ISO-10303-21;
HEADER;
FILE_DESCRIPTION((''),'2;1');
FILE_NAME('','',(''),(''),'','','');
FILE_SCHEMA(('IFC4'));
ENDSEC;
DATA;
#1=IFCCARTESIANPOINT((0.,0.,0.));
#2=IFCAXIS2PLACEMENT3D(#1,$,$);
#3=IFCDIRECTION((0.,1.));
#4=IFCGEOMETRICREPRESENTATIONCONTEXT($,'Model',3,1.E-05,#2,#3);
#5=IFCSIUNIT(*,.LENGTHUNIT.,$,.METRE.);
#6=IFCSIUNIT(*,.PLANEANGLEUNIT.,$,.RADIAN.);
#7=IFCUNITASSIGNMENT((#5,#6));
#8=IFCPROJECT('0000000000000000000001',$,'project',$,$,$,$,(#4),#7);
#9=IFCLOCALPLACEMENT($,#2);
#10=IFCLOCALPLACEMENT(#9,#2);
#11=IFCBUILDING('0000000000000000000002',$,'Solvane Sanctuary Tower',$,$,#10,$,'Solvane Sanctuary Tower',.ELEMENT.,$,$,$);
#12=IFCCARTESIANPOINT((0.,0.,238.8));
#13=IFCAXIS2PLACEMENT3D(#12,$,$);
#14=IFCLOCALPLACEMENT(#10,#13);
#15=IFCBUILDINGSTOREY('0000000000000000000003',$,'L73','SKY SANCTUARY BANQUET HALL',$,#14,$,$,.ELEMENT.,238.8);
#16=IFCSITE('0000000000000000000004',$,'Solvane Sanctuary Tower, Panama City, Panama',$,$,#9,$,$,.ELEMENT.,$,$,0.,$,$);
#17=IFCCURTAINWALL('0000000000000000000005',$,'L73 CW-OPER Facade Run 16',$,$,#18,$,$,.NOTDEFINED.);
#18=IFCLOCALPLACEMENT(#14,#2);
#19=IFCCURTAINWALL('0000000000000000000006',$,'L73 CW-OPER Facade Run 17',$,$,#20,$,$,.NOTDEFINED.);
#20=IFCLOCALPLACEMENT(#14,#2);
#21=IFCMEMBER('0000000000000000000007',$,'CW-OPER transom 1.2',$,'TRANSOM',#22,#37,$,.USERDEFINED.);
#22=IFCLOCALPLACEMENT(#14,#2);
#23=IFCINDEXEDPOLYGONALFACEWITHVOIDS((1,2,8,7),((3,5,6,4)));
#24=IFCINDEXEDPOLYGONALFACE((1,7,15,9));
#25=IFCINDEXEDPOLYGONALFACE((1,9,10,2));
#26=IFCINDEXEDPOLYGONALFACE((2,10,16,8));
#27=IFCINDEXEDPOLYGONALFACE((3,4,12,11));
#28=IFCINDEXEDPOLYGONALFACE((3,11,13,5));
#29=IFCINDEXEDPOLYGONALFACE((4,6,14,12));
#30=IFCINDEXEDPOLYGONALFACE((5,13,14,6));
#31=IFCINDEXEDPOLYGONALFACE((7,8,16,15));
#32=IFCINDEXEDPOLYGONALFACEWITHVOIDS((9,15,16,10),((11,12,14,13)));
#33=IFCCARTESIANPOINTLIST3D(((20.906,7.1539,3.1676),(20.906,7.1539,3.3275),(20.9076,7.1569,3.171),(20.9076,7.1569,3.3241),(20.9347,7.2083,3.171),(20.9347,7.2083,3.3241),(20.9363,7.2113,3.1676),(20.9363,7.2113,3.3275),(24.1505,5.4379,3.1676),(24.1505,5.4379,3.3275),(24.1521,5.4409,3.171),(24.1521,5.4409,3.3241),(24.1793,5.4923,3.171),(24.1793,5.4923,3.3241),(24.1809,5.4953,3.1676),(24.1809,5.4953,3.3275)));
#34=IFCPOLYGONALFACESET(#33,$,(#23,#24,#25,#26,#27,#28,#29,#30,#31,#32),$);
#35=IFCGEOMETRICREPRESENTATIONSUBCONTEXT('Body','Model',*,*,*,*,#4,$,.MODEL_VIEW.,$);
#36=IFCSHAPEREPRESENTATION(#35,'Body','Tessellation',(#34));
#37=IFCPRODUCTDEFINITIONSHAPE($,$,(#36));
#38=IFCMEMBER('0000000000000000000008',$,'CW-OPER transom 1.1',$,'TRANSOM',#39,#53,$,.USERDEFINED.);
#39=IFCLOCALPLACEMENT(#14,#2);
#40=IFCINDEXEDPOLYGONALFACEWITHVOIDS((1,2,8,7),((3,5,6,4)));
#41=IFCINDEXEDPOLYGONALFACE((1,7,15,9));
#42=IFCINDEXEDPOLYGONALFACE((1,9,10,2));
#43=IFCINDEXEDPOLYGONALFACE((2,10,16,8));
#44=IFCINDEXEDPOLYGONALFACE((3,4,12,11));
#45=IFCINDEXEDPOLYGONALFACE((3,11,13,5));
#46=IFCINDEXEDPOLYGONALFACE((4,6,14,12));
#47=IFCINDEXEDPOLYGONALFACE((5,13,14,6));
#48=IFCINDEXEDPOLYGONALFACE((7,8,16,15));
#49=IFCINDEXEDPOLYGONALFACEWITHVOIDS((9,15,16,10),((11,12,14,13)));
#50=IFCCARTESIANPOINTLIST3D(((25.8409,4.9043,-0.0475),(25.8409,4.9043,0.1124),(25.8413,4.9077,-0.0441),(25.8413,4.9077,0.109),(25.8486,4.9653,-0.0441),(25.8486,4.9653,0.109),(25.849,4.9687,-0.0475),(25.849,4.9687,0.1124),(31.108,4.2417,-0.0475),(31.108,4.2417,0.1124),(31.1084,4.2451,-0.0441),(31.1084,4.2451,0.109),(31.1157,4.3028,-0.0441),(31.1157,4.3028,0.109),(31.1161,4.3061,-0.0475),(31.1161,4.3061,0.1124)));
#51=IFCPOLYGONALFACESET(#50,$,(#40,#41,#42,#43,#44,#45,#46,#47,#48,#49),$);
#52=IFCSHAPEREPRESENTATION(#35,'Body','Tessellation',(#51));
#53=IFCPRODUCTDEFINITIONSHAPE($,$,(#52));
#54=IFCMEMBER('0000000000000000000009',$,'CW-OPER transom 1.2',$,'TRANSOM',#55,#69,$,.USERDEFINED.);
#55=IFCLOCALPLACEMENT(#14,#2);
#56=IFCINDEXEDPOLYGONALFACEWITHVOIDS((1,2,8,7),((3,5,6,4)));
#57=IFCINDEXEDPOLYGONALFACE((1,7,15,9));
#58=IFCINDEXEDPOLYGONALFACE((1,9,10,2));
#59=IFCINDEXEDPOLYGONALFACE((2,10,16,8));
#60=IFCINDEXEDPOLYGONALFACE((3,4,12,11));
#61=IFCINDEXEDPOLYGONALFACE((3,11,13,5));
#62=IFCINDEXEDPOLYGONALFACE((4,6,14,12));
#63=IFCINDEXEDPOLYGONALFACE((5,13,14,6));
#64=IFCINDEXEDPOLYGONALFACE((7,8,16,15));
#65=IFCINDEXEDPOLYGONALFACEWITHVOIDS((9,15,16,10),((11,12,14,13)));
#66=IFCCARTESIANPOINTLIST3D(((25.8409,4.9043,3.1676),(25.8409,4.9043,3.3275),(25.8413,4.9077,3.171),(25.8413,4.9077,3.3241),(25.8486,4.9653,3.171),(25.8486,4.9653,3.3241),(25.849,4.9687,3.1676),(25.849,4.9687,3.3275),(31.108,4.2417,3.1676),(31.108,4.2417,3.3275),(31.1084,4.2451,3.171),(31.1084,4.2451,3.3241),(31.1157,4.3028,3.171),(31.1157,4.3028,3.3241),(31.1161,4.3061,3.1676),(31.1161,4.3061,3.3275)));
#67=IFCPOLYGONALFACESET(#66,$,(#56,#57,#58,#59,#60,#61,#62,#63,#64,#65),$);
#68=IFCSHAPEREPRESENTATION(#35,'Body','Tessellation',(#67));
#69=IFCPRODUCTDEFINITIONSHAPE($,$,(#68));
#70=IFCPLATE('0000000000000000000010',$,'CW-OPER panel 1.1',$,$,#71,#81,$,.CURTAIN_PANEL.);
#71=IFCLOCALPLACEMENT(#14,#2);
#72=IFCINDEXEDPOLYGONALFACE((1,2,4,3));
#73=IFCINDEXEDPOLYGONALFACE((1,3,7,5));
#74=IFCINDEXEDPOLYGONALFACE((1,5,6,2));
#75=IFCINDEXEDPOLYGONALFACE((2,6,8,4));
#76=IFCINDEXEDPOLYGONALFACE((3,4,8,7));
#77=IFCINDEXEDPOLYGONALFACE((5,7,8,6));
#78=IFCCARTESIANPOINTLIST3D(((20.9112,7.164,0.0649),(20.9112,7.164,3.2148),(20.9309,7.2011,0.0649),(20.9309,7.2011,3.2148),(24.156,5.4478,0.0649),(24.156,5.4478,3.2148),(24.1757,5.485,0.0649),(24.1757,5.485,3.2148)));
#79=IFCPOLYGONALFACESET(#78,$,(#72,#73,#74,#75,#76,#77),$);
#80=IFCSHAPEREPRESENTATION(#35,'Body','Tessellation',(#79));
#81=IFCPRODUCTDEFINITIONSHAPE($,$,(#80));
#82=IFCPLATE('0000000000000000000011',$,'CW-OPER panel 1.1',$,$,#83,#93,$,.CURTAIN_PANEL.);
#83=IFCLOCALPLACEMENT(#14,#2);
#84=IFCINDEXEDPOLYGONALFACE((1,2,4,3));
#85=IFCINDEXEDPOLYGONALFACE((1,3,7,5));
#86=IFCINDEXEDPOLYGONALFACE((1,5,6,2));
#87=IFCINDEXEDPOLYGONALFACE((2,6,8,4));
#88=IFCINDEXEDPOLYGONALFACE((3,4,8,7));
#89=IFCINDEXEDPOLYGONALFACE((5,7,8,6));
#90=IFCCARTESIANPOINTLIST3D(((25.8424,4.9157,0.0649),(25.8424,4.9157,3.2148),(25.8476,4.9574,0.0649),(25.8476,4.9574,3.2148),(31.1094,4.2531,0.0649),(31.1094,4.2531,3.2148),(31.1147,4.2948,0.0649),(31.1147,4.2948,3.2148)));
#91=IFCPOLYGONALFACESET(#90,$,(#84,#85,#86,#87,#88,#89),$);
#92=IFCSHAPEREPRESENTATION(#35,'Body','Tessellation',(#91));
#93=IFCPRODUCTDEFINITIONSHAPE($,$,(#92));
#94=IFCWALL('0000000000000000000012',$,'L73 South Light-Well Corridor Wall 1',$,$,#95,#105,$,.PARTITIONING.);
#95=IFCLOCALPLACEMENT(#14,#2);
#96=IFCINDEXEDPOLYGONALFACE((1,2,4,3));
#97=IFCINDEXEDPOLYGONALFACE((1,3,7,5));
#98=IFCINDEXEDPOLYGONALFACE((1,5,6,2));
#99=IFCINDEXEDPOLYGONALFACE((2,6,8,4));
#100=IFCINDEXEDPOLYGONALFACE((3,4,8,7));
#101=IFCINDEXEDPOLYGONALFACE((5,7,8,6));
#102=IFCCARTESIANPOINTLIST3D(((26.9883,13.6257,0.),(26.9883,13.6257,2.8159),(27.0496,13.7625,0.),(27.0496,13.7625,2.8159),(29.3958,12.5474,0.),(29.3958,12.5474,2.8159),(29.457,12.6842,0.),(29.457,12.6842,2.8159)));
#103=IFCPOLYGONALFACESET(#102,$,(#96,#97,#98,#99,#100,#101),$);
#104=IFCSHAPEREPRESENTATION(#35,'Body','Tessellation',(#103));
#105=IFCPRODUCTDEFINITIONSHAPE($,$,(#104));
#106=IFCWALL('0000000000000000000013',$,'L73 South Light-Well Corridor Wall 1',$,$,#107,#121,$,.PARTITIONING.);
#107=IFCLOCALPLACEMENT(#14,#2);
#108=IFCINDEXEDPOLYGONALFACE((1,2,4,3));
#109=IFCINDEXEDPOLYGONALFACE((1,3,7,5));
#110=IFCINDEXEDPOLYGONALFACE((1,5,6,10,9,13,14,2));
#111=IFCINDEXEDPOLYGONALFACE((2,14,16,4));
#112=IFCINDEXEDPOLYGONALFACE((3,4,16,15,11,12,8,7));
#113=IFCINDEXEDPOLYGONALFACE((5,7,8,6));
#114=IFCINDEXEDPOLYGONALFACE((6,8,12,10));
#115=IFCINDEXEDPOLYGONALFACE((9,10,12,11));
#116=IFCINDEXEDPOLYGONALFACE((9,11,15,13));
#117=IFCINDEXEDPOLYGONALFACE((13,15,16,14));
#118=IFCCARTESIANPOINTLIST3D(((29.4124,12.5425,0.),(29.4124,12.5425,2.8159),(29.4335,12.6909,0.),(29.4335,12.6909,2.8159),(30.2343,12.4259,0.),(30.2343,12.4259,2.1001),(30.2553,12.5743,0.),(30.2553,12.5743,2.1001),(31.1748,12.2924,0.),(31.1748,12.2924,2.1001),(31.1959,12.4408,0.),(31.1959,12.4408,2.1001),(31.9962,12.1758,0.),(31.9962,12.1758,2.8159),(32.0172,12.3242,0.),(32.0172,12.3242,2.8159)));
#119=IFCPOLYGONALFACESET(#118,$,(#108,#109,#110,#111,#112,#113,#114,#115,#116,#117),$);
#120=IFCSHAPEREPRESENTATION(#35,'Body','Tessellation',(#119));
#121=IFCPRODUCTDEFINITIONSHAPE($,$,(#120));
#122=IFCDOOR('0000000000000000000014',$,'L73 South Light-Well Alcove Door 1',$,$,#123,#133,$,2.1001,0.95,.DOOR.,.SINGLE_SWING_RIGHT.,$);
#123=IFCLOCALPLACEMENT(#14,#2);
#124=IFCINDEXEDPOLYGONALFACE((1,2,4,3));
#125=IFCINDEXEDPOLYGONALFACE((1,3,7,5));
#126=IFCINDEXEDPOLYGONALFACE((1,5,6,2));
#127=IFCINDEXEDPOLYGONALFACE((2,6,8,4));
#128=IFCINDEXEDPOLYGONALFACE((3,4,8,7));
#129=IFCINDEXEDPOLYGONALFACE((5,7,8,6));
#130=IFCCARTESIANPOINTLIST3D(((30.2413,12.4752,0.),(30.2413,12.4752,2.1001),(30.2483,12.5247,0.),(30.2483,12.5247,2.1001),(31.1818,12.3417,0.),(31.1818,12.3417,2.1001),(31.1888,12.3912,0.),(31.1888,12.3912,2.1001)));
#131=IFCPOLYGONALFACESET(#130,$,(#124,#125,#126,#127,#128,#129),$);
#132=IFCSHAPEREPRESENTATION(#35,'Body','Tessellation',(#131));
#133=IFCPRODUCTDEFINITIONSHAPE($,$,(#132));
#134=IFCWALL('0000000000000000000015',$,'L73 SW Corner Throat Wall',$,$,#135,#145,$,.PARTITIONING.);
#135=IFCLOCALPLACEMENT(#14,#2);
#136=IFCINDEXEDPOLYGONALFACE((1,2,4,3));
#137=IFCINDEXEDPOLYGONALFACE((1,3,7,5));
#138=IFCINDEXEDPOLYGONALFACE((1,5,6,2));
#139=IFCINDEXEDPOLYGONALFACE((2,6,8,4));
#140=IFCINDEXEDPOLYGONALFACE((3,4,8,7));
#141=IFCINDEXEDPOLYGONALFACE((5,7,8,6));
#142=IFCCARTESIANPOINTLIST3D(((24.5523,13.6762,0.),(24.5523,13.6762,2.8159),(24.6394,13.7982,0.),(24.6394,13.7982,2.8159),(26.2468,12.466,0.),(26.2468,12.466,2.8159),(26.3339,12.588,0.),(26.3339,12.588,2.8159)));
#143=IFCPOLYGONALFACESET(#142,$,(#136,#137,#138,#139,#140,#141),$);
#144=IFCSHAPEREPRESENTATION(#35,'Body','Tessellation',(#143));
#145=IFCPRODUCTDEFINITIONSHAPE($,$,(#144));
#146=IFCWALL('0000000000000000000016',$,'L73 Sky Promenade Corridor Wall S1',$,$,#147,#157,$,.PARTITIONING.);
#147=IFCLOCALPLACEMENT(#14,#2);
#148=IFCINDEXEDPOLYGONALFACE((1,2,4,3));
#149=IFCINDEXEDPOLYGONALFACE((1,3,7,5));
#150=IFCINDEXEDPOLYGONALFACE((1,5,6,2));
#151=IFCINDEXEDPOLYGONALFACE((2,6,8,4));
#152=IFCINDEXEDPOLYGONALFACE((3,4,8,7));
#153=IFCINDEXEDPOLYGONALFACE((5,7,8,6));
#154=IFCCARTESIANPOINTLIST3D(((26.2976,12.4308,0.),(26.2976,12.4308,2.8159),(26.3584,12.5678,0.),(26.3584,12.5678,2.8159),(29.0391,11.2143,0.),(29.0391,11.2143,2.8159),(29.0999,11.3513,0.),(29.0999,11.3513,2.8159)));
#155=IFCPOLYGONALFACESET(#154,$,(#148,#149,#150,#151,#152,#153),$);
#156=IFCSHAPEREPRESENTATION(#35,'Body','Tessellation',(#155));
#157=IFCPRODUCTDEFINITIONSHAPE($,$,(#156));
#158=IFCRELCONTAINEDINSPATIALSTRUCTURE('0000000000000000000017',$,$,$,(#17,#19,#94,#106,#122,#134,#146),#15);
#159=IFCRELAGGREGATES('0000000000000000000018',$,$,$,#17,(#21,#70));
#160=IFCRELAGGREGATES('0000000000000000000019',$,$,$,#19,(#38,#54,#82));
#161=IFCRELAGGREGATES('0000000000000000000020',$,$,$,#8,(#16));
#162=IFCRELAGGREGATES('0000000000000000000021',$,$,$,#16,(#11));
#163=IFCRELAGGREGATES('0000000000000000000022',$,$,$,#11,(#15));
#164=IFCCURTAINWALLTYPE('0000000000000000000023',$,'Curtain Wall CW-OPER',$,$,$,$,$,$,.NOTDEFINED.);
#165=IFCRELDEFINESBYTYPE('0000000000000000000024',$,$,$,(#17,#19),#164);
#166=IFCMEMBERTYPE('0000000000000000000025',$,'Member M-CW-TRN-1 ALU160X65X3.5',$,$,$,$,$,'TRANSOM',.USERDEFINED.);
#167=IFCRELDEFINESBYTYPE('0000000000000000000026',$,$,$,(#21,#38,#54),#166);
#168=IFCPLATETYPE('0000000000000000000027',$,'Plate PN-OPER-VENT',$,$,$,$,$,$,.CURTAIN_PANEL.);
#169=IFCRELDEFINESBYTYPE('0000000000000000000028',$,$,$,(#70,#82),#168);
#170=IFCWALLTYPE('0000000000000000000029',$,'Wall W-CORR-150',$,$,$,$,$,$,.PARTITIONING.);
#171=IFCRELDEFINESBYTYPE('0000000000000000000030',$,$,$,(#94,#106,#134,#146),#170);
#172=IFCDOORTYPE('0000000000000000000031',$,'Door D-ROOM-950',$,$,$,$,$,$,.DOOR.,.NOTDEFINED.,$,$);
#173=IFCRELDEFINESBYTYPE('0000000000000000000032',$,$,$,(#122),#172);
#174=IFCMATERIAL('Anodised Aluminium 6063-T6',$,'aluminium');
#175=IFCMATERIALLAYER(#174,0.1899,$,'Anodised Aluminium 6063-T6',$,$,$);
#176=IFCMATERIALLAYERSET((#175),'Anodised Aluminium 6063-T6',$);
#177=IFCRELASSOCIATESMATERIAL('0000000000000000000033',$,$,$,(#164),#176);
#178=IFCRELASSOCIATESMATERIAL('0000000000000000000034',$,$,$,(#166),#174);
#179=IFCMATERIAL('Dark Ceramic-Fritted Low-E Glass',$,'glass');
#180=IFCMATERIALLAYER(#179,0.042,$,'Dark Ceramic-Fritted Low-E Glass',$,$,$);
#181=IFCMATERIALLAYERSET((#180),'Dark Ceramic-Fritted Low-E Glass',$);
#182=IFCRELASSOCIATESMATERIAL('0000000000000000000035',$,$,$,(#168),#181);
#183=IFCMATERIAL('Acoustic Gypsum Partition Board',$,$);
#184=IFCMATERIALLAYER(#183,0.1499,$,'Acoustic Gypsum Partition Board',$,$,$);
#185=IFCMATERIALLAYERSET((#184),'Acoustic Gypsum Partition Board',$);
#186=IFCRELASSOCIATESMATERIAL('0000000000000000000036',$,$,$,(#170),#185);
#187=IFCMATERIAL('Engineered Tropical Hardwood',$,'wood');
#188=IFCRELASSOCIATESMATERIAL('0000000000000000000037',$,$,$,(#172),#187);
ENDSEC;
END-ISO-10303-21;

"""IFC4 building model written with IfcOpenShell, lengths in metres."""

from ifc_helpers import new_model, si_unit, direction, frame, frame_2d, origin, origin_2d, place, context, subcontext, project, spatial, rectangle, hollow_rectangle, extrude, material, layer, layer_set, material_profile, profile_set, type_object, element, fill, aggregate, save


model = new_model("IFC4")

# Units and contexts
model_context = context("Model", 3, precision=1e-05, world=origin(), true_north=direction((0.0, 1.0)))
body_context = subcontext(model_context, "Body", "Model", "MODEL_VIEW")
ifc_project = project(units=[si_unit("LENGTHUNIT", "METRE"), si_unit("PLANEANGLEUNIT", "RADIAN")], contexts=[model_context])

# Site, building, storey
site_placement = place(None, origin())
site = spatial("IfcSite", under=ifc_project, at=site_placement, Name="Solvane Sanctuary Tower, Panama City, Panama", CompositionType="ELEMENT", RefElevation=0.0)
building_placement = place(site_placement, origin())
building = spatial("IfcBuilding", under=site, at=building_placement, Name="Solvane Sanctuary Tower", LongName="Solvane Sanctuary Tower", CompositionType="ELEMENT")
storey_placement = place(building_placement, frame((0.0, 0.0, 238.8)))
storey = spatial("IfcBuildingStorey", under=building, at=storey_placement, Name="L73", Description="SKY SANCTUARY BANQUET HALL", CompositionType="ELEMENT", Elevation=238.8)

# Curtain walls
ifc_material_1 = material(Name="Anodised Aluminium 6063-T6", Category="aluminium")
ifc_layer_1 = layer(ifc_material_1, 0.1899, Name="Anodised Aluminium 6063-T6")
ifc_layer_set_1 = layer_set([ifc_layer_1], Name="Anodised Aluminium 6063-T6")
curtain_wall_type = type_object("IfcCurtainWallType", Name="Curtain Wall CW-OPER", PredefinedType="NOTDEFINED", material=ifc_layer_set_1)
curtain_wall_1_placement = place(storey_placement, origin())
curtain_wall_1 = element("IfcCurtainWall", 1, at=curtain_wall_1_placement, inside=storey, type_object=curtain_wall_type, Name="L73 CW-OPER Facade Run 16", PredefinedType="NOTDEFINED")
curtain_wall_2_placement = place(storey_placement, origin())
curtain_wall_2 = element("IfcCurtainWall", 2, at=curtain_wall_2_placement, inside=storey, type_object=curtain_wall_type, Name="L73 CW-OPER Facade Run 17", PredefinedType="NOTDEFINED")

# Members
ifc_material_profile_1 = material_profile(ifc_material_1, hollow_rectangle(XDim=0.0649, YDim=0.1599, WallThickness=0.0034, at=origin_2d()), Name="ALU160X65X3.5")
ifc_profile_set_1 = profile_set([ifc_material_profile_1], Name="Anodised Aluminium 6063-T6")
member_type_1 = type_object("IfcMemberType", Name="Member M-CW-TRN-1 ALU160X65X3.5", ElementType="TRANSOM", PredefinedType="USERDEFINED", material=ifc_profile_set_1)
member_1_placement = place(storey_placement, frame((20.9211, 7.1826, 3.2476), z_axis=(0.883977, -0.46753, 0.0), x_axis=(0.46753, 0.883977, 0.0)))
member_1 = element("IfcMember", 3, at=member_1_placement, type_object=member_type_1, Name="CW-OPER transom 1.2", ObjectType="TRANSOM", PredefinedType="USERDEFINED", context=body_context, shape_type="SweptSolid", body=[
    extrude(hollow_rectangle(XDim=0.0649, YDim=0.1599, WallThickness=0.0034, at=origin_2d()), origin(), (0.0, 0.0, 1.0), 3.6704),
])
member_2_placement = place(storey_placement, frame((25.845, 4.9365, 0.0325), z_axis=(0.99218, -0.124816, 0.0), x_axis=(0.124816, 0.99218, 0.0)))
member_2 = element("IfcMember", 4, at=member_2_placement, type_object=member_type_1, Name="CW-OPER transom 1.1", ObjectType="TRANSOM", PredefinedType="USERDEFINED", context=body_context, shape_type="SweptSolid", body=[
    extrude(hollow_rectangle(XDim=0.0649, YDim=0.1599, WallThickness=0.0034, at=origin_2d()), origin(), (0.0, 0.0, 1.0), 5.3086),
])
member_3_placement = place(storey_placement, frame((25.845, 4.9365, 3.2476), z_axis=(0.99218, -0.124816, 0.0), x_axis=(0.124816, 0.99218, 0.0)))
member_3 = element("IfcMember", 5, at=member_3_placement, type_object=member_type_1, Name="CW-OPER transom 1.2", ObjectType="TRANSOM", PredefinedType="USERDEFINED", context=body_context, shape_type="SweptSolid", body=[
    extrude(hollow_rectangle(XDim=0.0649, YDim=0.1599, WallThickness=0.0034, at=origin_2d()), origin(), (0.0, 0.0, 1.0), 5.3086),
])

# Plates
ifc_material_2 = material(Name="Dark Ceramic-Fritted Low-E Glass", Category="glass")
ifc_layer_2 = layer(ifc_material_2, 0.042, Name="Dark Ceramic-Fritted Low-E Glass")
ifc_layer_set_2 = layer_set([ifc_layer_2], Name="Dark Ceramic-Fritted Low-E Glass")
plate_type = type_object("IfcPlateType", Name="Plate PN-OPER-VENT", PredefinedType="CURTAIN_PANEL", material=ifc_layer_set_2)
plate_1_placement = place(storey_placement, frame((22.5435, 6.3245, 0.0649), z_axis=(0.0, 0.0, 1.0), x_axis=(0.883981, -0.467523, 0.0)))
plate_1 = element("IfcPlate", 6, at=plate_1_placement, type_object=plate_type, Name="CW-OPER panel 1.1", PredefinedType="CURTAIN_PANEL", context=body_context, shape_type="SweptSolid", body=[
    extrude(rectangle(XDim=3.6707, YDim=0.042, at=origin_2d()), origin(), (0.0, 0.0, 1.0), 3.1499),
])
aggregate(curtain_wall_1, [member_1, plate_1])
plate_2_placement = place(storey_placement, frame((28.4785, 4.6052, 0.0649), z_axis=(0.0, 0.0, 1.0), x_axis=(0.99218, -0.124815, 0.0)))
plate_2 = element("IfcPlate", 7, at=plate_2_placement, type_object=plate_type, Name="CW-OPER panel 1.1", PredefinedType="CURTAIN_PANEL", context=body_context, shape_type="SweptSolid", body=[
    extrude(rectangle(XDim=5.3086, YDim=0.042, at=origin_2d()), origin(), (0.0, 0.0, 1.0), 3.1499),
])
aggregate(curtain_wall_2, [member_2, member_3, plate_2])

# Wall
ifc_material_3 = material(Name="Acoustic Gypsum Partition Board")
ifc_layer_3 = layer(ifc_material_3, 0.1499, Name="Acoustic Gypsum Partition Board")
ifc_layer_set_3 = layer_set([ifc_layer_3], Name="Acoustic Gypsum Partition Board")
wall_type_1 = type_object("IfcWallType", Name="Wall W-CORR-150", PredefinedType="PARTITIONING", material=ifc_layer_set_3)
wall_1_placement = place(storey_placement, frame((27.019, 13.6941, 0.0), z_axis=(0.0, 0.0, 1.0), x_axis=(0.912628, -0.40879, 0.0)))
element("IfcWall", 8, at=wall_1_placement, inside=storey, type_object=wall_type_1, Name="L73 South Light-Well Corridor Wall 1", PredefinedType="PARTITIONING", context=body_context, shape_type="SweptSolid", body=[
    extrude(rectangle(XDim=2.6379, YDim=0.1499, at=frame_2d((1.3188, 0.0))), origin(), (0.0, 0.0, 1.0), 2.8159),
])

# Wall, opening, door
wall_2_placement = place(storey_placement, frame((29.4231, 12.6167, 0.0), z_axis=(0.0, 0.0, 1.0), x_axis=(0.990078, -0.140518, 0.0)))
wall_2 = element("IfcWall", 9, at=wall_2_placement, inside=storey, type_object=wall_type_1, Name="L73 South Light-Well Corridor Wall 1", PredefinedType="PARTITIONING", context=body_context, shape_type="SweptSolid", body=[
    extrude(rectangle(XDim=2.6096, YDim=0.1499, at=frame_2d((1.3047, 0.0))), origin(), (0.0, 0.0, 1.0), 2.8159),
])
opening_1_placement = place(wall_2_placement, frame((0.8298, 0.0, 0.0)))
opening_1 = element("IfcOpeningElement", 10, at=opening_1_placement, cuts=wall_2, PredefinedType="OPENING", context=body_context, shape_type="SweptSolid", body=[
    extrude(rectangle(XDim=0.95, YDim=2.1001, at=frame_2d((0.4751, 1.05))), frame((0.0, 0.085, 0.0), z_axis=(0.0, -1.0, 0.0), x_axis=(1.0, 0.0, 0.0)), (0.0, 0.0, 1.0), 0.1699),
])
ifc_material_4 = material(Name="Engineered Tropical Hardwood", Category="wood")
door_type_1 = type_object("IfcDoorType", Name="Door D-ROOM-950", OperationType="NOTDEFINED", PredefinedType="DOOR", material=ifc_material_4)
door_1_placement = place(opening_1_placement, origin())
door_1 = element("IfcDoor", 11, at=door_1_placement, inside=storey, type_object=door_type_1, Name="L73 South Light-Well Alcove Door 1", OperationType="SINGLE_SWING_RIGHT", OverallHeight=2.1001, OverallWidth=0.95, PredefinedType="DOOR", context=body_context, shape_type="SweptSolid", body=[
    extrude(rectangle(XDim=0.95, YDim=2.1001, at=frame_2d((0.4751, 1.05))), frame((0.0, 0.0249, 0.0), z_axis=(0.0, -1.0, 0.0), x_axis=(1.0, 0.0, 0.0)), (0.0, 0.0, 1.0), 0.05),
])
fill(opening_1, door_1)

# Walls
wall_3_placement = place(storey_placement, frame((26.2903, 12.5271, 0.0), z_axis=(0.0, 0.0, 1.0), x_axis=(-0.813781, 0.581172, 0.0)))
element("IfcWall", 12, at=wall_3_placement, inside=storey, type_object=wall_type_1, Name="L73 SW Corner Throat Wall", PredefinedType="PARTITIONING", context=body_context, shape_type="SweptSolid", body=[
    extrude(rectangle(XDim=2.0823, YDim=0.1499, at=frame_2d((1.041, 0.0))), origin(), (0.0, 0.0, 1.0), 2.8159),
])
wall_4_placement = place(storey_placement, frame((26.3281, 12.4993, 0.0), z_axis=(0.0, 0.0, 1.0), x_axis=(0.914043, -0.405617, 0.0)))
element("IfcWall", 13, at=wall_4_placement, inside=storey, type_object=wall_type_1, Name="L73 Sky Promenade Corridor Wall S1", PredefinedType="PARTITIONING", context=body_context, shape_type="SweptSolid", body=[
    extrude(rectangle(XDim=2.9993, YDim=0.1499, at=frame_2d((1.4995, 0.0))), origin(), (0.0, 0.0, 1.0), 2.8159),
])

save(model, "model.ifc")
